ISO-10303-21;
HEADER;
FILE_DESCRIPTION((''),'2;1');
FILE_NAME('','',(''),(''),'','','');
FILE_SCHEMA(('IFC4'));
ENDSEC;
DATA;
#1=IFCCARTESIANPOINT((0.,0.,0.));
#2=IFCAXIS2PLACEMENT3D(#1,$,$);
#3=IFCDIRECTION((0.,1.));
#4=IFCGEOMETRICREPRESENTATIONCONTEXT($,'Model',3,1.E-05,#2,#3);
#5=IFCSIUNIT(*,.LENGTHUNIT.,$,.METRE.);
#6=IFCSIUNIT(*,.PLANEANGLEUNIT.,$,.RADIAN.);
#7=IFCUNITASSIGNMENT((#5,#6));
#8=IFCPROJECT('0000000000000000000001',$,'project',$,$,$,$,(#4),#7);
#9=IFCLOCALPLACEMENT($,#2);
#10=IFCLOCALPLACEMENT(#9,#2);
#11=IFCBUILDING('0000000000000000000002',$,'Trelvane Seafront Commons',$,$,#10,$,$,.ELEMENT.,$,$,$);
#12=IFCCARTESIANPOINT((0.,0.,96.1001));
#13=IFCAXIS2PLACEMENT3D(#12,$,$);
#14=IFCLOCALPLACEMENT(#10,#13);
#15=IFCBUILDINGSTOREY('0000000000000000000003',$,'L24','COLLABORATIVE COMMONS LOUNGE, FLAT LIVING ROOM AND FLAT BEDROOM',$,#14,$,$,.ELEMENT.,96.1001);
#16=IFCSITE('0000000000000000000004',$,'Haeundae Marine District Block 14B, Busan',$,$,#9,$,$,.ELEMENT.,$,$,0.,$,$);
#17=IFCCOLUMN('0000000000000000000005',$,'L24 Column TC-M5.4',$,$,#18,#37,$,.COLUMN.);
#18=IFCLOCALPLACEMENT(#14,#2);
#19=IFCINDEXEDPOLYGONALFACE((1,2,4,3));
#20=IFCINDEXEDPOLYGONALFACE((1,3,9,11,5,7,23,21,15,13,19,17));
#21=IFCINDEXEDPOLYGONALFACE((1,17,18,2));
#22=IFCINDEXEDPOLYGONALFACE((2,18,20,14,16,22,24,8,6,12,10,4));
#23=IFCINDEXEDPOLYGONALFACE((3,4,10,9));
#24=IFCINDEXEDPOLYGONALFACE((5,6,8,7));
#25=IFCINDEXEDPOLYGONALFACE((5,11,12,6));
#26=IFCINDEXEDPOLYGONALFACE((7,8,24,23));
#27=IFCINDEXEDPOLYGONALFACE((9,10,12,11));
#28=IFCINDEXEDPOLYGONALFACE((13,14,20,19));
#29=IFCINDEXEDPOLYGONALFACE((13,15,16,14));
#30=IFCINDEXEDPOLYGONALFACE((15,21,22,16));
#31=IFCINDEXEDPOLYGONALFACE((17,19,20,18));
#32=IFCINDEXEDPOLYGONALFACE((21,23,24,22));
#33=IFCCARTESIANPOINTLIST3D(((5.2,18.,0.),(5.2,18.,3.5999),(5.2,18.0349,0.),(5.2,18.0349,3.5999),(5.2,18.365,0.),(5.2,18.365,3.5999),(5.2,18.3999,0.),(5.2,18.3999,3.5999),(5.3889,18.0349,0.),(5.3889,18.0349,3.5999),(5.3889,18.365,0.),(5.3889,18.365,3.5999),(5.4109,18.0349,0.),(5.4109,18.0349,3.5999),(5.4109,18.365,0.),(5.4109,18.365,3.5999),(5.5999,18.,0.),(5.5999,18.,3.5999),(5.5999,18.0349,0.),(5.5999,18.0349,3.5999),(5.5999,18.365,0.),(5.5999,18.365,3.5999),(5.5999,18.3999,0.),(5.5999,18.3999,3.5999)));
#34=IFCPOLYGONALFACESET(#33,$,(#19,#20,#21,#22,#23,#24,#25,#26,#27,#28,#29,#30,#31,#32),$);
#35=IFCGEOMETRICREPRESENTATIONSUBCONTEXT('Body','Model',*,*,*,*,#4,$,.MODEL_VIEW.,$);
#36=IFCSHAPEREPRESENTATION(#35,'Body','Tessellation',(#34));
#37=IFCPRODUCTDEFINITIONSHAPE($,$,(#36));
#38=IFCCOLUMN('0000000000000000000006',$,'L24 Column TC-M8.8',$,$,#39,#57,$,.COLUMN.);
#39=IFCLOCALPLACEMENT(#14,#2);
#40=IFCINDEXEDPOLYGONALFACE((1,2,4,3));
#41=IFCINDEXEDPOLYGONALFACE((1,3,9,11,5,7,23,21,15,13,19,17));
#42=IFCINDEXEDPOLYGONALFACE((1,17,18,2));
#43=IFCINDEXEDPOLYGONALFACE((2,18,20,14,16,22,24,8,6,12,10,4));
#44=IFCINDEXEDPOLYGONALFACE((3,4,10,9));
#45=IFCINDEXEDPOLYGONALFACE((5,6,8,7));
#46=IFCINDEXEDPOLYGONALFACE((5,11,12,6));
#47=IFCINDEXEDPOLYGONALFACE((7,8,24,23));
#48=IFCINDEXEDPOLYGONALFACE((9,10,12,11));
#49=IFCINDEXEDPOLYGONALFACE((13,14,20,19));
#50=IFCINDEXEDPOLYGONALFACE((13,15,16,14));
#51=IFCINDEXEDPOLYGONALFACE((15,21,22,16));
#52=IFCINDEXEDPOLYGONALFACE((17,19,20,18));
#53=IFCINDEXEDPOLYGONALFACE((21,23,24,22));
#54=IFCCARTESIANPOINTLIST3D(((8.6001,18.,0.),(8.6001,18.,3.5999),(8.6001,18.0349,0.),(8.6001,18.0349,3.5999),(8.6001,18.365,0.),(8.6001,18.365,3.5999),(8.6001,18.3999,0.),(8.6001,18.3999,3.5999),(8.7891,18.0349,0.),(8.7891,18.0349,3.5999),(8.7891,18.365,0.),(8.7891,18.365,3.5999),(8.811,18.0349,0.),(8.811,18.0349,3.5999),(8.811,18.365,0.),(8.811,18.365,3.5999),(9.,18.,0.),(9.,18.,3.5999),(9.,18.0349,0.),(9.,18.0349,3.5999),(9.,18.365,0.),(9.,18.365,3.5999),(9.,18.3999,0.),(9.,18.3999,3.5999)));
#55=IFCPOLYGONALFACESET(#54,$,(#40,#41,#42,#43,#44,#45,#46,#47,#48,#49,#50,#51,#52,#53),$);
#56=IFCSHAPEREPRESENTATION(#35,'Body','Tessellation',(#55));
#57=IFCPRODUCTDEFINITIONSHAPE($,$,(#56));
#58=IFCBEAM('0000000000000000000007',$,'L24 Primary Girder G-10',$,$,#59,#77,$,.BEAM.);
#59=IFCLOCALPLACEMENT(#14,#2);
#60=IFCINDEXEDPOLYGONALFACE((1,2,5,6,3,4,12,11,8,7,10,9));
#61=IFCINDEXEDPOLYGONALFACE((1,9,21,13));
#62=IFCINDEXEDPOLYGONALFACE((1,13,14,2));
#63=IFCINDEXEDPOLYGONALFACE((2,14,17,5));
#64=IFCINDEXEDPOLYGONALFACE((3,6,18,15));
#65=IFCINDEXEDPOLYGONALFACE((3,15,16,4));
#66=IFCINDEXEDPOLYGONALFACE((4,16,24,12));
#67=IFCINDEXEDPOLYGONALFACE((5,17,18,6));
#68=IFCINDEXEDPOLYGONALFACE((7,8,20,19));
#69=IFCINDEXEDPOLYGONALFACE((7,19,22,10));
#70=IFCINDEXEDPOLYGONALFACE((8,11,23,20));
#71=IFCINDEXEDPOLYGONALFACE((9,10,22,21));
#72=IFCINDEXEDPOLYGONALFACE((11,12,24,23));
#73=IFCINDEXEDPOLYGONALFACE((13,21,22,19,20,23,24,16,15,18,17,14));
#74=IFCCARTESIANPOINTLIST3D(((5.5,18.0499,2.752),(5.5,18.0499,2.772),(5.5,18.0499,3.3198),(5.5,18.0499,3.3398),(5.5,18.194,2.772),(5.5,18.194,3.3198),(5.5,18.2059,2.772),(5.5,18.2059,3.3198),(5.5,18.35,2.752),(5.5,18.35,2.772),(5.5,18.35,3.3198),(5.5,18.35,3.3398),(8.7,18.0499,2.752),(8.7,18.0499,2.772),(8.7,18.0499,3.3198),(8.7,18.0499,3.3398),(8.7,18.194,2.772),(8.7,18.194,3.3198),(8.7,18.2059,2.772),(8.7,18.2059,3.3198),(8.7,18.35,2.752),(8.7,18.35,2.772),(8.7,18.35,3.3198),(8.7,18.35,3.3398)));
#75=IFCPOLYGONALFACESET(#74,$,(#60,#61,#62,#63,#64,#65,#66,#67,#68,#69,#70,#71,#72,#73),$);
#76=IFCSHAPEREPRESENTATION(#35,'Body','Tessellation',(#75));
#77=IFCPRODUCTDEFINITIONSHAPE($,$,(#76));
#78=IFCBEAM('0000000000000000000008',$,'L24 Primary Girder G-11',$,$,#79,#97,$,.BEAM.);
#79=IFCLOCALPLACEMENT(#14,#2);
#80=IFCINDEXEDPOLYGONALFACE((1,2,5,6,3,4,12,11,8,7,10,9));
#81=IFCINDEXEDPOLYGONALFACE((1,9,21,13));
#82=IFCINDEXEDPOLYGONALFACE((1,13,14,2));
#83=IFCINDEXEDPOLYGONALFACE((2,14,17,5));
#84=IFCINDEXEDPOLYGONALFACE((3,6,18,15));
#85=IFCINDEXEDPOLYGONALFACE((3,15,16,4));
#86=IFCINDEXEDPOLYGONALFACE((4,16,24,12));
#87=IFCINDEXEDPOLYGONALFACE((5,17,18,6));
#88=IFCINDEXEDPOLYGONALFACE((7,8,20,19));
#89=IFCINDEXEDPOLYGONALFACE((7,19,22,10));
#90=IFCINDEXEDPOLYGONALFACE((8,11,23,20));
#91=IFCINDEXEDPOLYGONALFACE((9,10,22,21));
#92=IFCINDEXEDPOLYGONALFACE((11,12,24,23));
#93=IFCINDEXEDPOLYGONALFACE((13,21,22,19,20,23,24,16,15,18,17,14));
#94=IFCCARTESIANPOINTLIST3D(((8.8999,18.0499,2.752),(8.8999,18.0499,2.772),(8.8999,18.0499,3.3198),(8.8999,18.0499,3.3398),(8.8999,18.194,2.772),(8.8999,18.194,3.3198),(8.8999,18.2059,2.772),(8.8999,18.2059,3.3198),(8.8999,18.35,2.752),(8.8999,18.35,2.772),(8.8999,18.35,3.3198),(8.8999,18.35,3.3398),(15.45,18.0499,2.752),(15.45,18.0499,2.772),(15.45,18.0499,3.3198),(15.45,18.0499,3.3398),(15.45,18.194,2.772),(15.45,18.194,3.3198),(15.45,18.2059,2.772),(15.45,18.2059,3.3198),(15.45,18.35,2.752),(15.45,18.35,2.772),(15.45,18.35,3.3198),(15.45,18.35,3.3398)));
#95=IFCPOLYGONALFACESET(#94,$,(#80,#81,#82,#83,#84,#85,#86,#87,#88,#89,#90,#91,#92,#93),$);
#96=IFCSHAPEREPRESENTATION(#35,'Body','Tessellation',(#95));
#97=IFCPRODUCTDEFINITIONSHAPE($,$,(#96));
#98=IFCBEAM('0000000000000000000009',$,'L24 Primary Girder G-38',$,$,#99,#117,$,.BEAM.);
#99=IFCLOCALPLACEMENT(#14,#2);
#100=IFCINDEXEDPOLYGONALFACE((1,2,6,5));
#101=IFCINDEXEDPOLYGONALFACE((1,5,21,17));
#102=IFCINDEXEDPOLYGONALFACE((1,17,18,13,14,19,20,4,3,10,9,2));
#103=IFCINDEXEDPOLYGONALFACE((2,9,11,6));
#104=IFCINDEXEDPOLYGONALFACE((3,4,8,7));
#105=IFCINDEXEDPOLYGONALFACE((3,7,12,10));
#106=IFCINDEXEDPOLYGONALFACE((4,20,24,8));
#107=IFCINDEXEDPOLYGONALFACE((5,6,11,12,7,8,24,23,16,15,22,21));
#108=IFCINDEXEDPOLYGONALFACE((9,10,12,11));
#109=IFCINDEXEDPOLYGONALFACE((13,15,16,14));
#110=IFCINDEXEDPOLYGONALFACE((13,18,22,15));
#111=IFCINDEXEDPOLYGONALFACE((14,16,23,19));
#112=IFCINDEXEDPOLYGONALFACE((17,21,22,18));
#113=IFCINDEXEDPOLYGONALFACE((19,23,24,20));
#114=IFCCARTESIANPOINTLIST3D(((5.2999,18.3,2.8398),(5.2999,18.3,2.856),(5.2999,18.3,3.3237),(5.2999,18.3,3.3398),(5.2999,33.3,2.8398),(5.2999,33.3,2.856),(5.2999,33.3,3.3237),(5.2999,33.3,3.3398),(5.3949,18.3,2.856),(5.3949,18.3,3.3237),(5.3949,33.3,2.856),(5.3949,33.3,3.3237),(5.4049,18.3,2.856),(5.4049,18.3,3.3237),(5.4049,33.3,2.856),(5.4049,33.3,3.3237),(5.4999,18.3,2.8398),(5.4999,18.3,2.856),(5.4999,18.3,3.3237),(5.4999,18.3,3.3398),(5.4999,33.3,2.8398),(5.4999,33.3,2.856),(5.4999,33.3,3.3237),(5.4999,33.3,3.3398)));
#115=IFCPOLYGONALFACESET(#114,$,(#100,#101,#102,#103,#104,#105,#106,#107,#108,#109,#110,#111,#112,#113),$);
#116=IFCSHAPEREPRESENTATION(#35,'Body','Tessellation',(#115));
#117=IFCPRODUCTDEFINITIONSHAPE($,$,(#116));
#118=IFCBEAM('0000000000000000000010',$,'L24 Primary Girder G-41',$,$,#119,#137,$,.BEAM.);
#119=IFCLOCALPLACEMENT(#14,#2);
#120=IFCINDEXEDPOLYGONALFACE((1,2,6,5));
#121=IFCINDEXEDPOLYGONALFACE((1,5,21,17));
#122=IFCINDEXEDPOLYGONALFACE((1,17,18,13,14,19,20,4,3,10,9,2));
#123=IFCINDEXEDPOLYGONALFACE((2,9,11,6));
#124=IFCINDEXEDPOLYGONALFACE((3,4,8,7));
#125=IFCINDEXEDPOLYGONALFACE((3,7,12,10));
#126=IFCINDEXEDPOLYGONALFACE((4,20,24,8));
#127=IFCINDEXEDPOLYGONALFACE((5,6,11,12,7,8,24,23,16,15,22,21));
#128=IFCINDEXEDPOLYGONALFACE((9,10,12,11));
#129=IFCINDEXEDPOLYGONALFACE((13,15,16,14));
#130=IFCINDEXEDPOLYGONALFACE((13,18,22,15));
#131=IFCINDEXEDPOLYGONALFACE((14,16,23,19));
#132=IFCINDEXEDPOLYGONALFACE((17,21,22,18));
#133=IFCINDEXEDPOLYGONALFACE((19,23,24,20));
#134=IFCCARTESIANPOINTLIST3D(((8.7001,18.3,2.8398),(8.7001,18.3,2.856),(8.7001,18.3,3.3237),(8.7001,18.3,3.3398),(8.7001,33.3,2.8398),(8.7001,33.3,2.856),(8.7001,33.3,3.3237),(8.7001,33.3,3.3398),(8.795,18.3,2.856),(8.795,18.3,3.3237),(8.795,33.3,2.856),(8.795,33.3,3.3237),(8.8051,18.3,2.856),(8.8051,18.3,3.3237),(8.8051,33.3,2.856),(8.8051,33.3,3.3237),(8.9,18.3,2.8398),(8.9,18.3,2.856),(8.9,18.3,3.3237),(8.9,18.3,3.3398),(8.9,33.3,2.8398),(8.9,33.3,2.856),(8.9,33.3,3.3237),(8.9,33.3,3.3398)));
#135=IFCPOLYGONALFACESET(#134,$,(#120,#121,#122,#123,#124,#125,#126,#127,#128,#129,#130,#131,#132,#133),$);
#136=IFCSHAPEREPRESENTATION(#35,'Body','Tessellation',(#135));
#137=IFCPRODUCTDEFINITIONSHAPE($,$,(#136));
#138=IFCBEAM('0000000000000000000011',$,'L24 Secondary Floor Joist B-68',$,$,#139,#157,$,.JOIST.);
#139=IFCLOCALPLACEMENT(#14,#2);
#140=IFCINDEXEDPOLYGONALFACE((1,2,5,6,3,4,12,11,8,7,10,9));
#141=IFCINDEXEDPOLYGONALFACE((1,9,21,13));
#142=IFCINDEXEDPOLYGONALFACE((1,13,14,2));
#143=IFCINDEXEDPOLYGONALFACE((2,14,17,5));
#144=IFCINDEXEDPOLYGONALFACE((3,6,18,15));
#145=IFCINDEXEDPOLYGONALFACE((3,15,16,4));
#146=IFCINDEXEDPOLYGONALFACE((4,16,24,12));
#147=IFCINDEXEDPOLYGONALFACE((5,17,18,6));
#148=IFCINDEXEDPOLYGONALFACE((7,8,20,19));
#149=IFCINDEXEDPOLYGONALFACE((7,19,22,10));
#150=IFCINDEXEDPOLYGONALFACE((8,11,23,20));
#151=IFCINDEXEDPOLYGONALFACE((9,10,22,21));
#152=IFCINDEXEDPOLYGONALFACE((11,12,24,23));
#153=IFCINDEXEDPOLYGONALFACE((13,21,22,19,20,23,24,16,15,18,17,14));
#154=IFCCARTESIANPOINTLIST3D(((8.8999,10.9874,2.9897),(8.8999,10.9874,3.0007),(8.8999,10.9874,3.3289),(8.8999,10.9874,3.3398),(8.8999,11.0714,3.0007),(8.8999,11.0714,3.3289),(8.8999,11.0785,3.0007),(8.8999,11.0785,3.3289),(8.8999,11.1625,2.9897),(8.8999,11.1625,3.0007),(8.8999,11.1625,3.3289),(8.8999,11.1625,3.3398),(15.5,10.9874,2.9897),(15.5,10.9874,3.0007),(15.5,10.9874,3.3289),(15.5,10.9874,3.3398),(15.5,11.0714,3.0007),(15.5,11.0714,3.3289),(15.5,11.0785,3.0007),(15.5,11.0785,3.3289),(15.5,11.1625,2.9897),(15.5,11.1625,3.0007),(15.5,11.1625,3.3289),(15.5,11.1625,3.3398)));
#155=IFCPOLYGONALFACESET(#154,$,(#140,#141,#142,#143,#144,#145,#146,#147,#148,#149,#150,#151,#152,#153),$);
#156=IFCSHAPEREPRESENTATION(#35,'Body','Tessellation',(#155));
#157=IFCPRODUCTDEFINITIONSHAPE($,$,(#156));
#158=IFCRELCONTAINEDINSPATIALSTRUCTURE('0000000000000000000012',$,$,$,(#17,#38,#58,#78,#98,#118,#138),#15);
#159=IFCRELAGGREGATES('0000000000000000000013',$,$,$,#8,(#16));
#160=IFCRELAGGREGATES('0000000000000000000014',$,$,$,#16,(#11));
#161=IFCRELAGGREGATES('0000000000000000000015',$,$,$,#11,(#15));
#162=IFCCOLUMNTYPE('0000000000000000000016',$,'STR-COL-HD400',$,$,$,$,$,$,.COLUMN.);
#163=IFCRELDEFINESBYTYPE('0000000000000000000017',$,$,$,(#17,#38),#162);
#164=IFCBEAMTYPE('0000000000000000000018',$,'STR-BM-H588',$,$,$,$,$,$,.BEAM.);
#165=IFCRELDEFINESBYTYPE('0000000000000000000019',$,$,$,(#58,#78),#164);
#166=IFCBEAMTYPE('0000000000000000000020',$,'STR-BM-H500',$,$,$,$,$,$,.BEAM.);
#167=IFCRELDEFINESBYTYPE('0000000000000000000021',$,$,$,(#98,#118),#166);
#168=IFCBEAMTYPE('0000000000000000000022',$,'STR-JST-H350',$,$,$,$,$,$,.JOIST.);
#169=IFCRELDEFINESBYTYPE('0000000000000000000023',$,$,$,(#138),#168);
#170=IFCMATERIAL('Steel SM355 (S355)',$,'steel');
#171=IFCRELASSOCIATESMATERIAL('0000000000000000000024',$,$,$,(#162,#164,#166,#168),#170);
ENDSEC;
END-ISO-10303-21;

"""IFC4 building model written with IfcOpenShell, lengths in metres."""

from ifc_helpers import new_model, si_unit, direction, frame, origin, origin_2d, place, context, subcontext, project, spatial, i_section, extrude, source, transform, mapped, material, material_profile, profile_set, type_object, element, save


model = new_model("IFC4")

# Units and contexts
model_context = context("Model", 3, precision=1e-05, world=origin(), true_north=direction((0.0, 1.0)))
body_context = subcontext(model_context, "Body", "Model", "MODEL_VIEW")
ifc_project = project(units=[si_unit("LENGTHUNIT", "METRE"), si_unit("PLANEANGLEUNIT", "RADIAN")], contexts=[model_context])

# Site, building, storey
site_placement = place(None, origin())
site = spatial("IfcSite", under=ifc_project, at=site_placement, Name="Haeundae Marine District Block 14B, Busan", CompositionType="ELEMENT", RefElevation=0.0)
building_placement = place(site_placement, origin())
building = spatial("IfcBuilding", under=site, at=building_placement, Name="Trelvane Seafront Commons", CompositionType="ELEMENT")
storey_placement = place(building_placement, frame((0.0, 0.0, 96.1001)))
storey = spatial("IfcBuildingStorey", under=building, at=storey_placement, Name="L24", Description="COLLABORATIVE COMMONS LOUNGE, FLAT LIVING ROOM AND FLAT BEDROOM", CompositionType="ELEMENT", Elevation=96.1001)

# Columns
ifc_material_1 = material(Name="Steel SM355 (S355)", Category="steel")
ifc_material_profile_1 = material_profile(ifc_material_1, i_section(OverallWidth=0.3999, OverallDepth=0.3999, WebThickness=0.022, FlangeThickness=0.0349, at=origin_2d()), Name="HD-400x400x22x35")
ifc_profile_set_1 = profile_set([ifc_material_profile_1], Name="Steel SM355 (S355)")
column_type = type_object("IfcColumnType", Name="STR-COL-HD400", PredefinedType="COLUMN", material=ifc_profile_set_1)
shared_shape_1 = source(origin(), body_context, "Body", "SweptSolid", [
    extrude(i_section(OverallWidth=0.3999, OverallDepth=0.3999, WebThickness=0.022, FlangeThickness=0.0349, at=origin_2d()), origin(), (0.0, 0.0, 1.0), 3.5999),
])
for number, where, z_axis, x_axis, name in (
    (1, (5.3999, 18.2, 0.0), (0.0, 0.0, 1.0), (1.0, 0.0, 0.0), "L24 Column TC-M5.4"),
    (2, (8.8, 18.2, 0.0), (0.0, 0.0, 1.0), (1.0, 0.0, 0.0), "L24 Column TC-M8.8"),
):
    element("IfcColumn", number, at=place(storey_placement, frame(where, z_axis=z_axis, x_axis=x_axis)), inside=storey, type_object=column_type, Name=name, PredefinedType="COLUMN", context=body_context, shape_type="MappedRepresentation", body=[
        mapped(shared_shape_1, transform((0.0, 0.0, 0.0), x_axis=(1.0, 0.0, 0.0), y_axis=(0.0, 1.0, 0.0), z_axis=(0.0, 0.0, 1.0), scale=1.0)),
    ])

# Beams
ifc_material_profile_2 = material_profile(ifc_material_1, i_section(OverallWidth=0.3, OverallDepth=0.5879, WebThickness=0.012, FlangeThickness=0.02, at=origin_2d()), Name="H-588x300x12x20")
ifc_profile_set_2 = profile_set([ifc_material_profile_2], Name="Steel SM355 (S355)")
beam_type_1 = type_object("IfcBeamType", Name="STR-BM-H588", PredefinedType="BEAM", material=ifc_profile_set_2)
shared_shape_2 = source(origin(), body_context, "Body", "SweptSolid", [
    extrude(i_section(OverallWidth=0.3, OverallDepth=0.5879, WebThickness=0.012, FlangeThickness=0.02, at=origin_2d()), origin(), (0.0, 0.0, 1.0), 3.2),
])
beam_1_placement = place(storey_placement, frame((5.5, 18.2, 3.0459), z_axis=(1.0, 0.0, 0.0), x_axis=(0.0, 1.0, 0.0)))
element("IfcBeam", 3, at=beam_1_placement, inside=storey, type_object=beam_type_1, Name="L24 Primary Girder G-10", PredefinedType="BEAM", context=body_context, shape_type="MappedRepresentation", body=[
    mapped(shared_shape_2, transform((0.0, 0.0, 0.0), x_axis=(1.0, 0.0, 0.0), y_axis=(0.0, 1.0, 0.0), z_axis=(0.0, 0.0, 1.0), scale=1.0)),
])
shared_shape_3 = source(origin(), body_context, "Body", "SweptSolid", [
    extrude(i_section(OverallWidth=0.3, OverallDepth=0.5879, WebThickness=0.012, FlangeThickness=0.02, at=origin_2d()), origin(), (0.0, 0.0, 1.0), 6.55),
])
beam_2_placement = place(storey_placement, frame((8.8999, 18.2, 3.0459), z_axis=(1.0, 0.0, 0.0), x_axis=(0.0, 1.0, 0.0)))
element("IfcBeam", 4, at=beam_2_placement, inside=storey, type_object=beam_type_1, Name="L24 Primary Girder G-11", PredefinedType="BEAM", context=body_context, shape_type="MappedRepresentation", body=[
    mapped(shared_shape_3, transform((0.0, 0.0, 0.0), x_axis=(1.0, 0.0, 0.0), y_axis=(0.0, 1.0, 0.0), z_axis=(0.0, 0.0, 1.0), scale=1.0)),
])
ifc_material_profile_3 = material_profile(ifc_material_1, i_section(OverallWidth=0.2, OverallDepth=0.5, WebThickness=0.01, FlangeThickness=0.0161, at=origin_2d()), Name="H-500x200x10x16")
ifc_profile_set_3 = profile_set([ifc_material_profile_3], Name="Steel SM355 (S355)")
beam_type_2 = type_object("IfcBeamType", Name="STR-BM-H500", PredefinedType="BEAM", material=ifc_profile_set_3)
shared_shape_4 = source(origin(), body_context, "Body", "SweptSolid", [
    extrude(i_section(OverallWidth=0.2, OverallDepth=0.5, WebThickness=0.01, FlangeThickness=0.0161, at=origin_2d()), origin(), (0.0, 0.0, 1.0), 15.0),
])
for number, where, z_axis, x_axis, name in (
    (5, (5.3999, 18.3, 3.0898), (0.0, 1.0, 0.0), (-1.0, 0.0, 0.0), "L24 Primary Girder G-38"),
    (6, (8.8, 18.3, 3.0898), (0.0, 1.0, 0.0), (-1.0, 0.0, 0.0), "L24 Primary Girder G-41"),
):
    element("IfcBeam", number, at=place(storey_placement, frame(where, z_axis=z_axis, x_axis=x_axis)), inside=storey, type_object=beam_type_2, Name=name, PredefinedType="BEAM", context=body_context, shape_type="MappedRepresentation", body=[
        mapped(shared_shape_4, transform((0.0, 0.0, 0.0), x_axis=(1.0, 0.0, 0.0), y_axis=(0.0, 1.0, 0.0), z_axis=(0.0, 0.0, 1.0), scale=1.0)),
    ])
ifc_material_profile_4 = material_profile(ifc_material_1, i_section(OverallWidth=0.175, OverallDepth=0.3501, WebThickness=0.0071, FlangeThickness=0.011, at=origin_2d()), Name="H-350x175x7x11")
ifc_profile_set_4 = profile_set([ifc_material_profile_4], Name="Steel SM355 (S355)")
beam_type_3 = type_object("IfcBeamType", Name="STR-JST-H350", PredefinedType="JOIST", material=ifc_profile_set_4)
shared_shape_5 = source(origin(), body_context, "Body", "SweptSolid", [
    extrude(i_section(OverallWidth=0.175, OverallDepth=0.3501, WebThickness=0.0071, FlangeThickness=0.011, at=origin_2d()), origin(), (0.0, 0.0, 1.0), 6.6001),
])
beam_3_placement = place(storey_placement, frame((8.8999, 11.075, 3.1648), z_axis=(1.0, 0.0, 0.0), x_axis=(0.0, 1.0, 0.0)))
element("IfcBeam", 7, at=beam_3_placement, inside=storey, type_object=beam_type_3, Name="L24 Secondary Floor Joist B-68", PredefinedType="JOIST", context=body_context, shape_type="MappedRepresentation", body=[
    mapped(shared_shape_5, transform((0.0, 0.0, 0.0), x_axis=(1.0, 0.0, 0.0), y_axis=(0.0, 1.0, 0.0), z_axis=(0.0, 0.0, 1.0), scale=1.0)),
])

save(model, "model.ifc")
